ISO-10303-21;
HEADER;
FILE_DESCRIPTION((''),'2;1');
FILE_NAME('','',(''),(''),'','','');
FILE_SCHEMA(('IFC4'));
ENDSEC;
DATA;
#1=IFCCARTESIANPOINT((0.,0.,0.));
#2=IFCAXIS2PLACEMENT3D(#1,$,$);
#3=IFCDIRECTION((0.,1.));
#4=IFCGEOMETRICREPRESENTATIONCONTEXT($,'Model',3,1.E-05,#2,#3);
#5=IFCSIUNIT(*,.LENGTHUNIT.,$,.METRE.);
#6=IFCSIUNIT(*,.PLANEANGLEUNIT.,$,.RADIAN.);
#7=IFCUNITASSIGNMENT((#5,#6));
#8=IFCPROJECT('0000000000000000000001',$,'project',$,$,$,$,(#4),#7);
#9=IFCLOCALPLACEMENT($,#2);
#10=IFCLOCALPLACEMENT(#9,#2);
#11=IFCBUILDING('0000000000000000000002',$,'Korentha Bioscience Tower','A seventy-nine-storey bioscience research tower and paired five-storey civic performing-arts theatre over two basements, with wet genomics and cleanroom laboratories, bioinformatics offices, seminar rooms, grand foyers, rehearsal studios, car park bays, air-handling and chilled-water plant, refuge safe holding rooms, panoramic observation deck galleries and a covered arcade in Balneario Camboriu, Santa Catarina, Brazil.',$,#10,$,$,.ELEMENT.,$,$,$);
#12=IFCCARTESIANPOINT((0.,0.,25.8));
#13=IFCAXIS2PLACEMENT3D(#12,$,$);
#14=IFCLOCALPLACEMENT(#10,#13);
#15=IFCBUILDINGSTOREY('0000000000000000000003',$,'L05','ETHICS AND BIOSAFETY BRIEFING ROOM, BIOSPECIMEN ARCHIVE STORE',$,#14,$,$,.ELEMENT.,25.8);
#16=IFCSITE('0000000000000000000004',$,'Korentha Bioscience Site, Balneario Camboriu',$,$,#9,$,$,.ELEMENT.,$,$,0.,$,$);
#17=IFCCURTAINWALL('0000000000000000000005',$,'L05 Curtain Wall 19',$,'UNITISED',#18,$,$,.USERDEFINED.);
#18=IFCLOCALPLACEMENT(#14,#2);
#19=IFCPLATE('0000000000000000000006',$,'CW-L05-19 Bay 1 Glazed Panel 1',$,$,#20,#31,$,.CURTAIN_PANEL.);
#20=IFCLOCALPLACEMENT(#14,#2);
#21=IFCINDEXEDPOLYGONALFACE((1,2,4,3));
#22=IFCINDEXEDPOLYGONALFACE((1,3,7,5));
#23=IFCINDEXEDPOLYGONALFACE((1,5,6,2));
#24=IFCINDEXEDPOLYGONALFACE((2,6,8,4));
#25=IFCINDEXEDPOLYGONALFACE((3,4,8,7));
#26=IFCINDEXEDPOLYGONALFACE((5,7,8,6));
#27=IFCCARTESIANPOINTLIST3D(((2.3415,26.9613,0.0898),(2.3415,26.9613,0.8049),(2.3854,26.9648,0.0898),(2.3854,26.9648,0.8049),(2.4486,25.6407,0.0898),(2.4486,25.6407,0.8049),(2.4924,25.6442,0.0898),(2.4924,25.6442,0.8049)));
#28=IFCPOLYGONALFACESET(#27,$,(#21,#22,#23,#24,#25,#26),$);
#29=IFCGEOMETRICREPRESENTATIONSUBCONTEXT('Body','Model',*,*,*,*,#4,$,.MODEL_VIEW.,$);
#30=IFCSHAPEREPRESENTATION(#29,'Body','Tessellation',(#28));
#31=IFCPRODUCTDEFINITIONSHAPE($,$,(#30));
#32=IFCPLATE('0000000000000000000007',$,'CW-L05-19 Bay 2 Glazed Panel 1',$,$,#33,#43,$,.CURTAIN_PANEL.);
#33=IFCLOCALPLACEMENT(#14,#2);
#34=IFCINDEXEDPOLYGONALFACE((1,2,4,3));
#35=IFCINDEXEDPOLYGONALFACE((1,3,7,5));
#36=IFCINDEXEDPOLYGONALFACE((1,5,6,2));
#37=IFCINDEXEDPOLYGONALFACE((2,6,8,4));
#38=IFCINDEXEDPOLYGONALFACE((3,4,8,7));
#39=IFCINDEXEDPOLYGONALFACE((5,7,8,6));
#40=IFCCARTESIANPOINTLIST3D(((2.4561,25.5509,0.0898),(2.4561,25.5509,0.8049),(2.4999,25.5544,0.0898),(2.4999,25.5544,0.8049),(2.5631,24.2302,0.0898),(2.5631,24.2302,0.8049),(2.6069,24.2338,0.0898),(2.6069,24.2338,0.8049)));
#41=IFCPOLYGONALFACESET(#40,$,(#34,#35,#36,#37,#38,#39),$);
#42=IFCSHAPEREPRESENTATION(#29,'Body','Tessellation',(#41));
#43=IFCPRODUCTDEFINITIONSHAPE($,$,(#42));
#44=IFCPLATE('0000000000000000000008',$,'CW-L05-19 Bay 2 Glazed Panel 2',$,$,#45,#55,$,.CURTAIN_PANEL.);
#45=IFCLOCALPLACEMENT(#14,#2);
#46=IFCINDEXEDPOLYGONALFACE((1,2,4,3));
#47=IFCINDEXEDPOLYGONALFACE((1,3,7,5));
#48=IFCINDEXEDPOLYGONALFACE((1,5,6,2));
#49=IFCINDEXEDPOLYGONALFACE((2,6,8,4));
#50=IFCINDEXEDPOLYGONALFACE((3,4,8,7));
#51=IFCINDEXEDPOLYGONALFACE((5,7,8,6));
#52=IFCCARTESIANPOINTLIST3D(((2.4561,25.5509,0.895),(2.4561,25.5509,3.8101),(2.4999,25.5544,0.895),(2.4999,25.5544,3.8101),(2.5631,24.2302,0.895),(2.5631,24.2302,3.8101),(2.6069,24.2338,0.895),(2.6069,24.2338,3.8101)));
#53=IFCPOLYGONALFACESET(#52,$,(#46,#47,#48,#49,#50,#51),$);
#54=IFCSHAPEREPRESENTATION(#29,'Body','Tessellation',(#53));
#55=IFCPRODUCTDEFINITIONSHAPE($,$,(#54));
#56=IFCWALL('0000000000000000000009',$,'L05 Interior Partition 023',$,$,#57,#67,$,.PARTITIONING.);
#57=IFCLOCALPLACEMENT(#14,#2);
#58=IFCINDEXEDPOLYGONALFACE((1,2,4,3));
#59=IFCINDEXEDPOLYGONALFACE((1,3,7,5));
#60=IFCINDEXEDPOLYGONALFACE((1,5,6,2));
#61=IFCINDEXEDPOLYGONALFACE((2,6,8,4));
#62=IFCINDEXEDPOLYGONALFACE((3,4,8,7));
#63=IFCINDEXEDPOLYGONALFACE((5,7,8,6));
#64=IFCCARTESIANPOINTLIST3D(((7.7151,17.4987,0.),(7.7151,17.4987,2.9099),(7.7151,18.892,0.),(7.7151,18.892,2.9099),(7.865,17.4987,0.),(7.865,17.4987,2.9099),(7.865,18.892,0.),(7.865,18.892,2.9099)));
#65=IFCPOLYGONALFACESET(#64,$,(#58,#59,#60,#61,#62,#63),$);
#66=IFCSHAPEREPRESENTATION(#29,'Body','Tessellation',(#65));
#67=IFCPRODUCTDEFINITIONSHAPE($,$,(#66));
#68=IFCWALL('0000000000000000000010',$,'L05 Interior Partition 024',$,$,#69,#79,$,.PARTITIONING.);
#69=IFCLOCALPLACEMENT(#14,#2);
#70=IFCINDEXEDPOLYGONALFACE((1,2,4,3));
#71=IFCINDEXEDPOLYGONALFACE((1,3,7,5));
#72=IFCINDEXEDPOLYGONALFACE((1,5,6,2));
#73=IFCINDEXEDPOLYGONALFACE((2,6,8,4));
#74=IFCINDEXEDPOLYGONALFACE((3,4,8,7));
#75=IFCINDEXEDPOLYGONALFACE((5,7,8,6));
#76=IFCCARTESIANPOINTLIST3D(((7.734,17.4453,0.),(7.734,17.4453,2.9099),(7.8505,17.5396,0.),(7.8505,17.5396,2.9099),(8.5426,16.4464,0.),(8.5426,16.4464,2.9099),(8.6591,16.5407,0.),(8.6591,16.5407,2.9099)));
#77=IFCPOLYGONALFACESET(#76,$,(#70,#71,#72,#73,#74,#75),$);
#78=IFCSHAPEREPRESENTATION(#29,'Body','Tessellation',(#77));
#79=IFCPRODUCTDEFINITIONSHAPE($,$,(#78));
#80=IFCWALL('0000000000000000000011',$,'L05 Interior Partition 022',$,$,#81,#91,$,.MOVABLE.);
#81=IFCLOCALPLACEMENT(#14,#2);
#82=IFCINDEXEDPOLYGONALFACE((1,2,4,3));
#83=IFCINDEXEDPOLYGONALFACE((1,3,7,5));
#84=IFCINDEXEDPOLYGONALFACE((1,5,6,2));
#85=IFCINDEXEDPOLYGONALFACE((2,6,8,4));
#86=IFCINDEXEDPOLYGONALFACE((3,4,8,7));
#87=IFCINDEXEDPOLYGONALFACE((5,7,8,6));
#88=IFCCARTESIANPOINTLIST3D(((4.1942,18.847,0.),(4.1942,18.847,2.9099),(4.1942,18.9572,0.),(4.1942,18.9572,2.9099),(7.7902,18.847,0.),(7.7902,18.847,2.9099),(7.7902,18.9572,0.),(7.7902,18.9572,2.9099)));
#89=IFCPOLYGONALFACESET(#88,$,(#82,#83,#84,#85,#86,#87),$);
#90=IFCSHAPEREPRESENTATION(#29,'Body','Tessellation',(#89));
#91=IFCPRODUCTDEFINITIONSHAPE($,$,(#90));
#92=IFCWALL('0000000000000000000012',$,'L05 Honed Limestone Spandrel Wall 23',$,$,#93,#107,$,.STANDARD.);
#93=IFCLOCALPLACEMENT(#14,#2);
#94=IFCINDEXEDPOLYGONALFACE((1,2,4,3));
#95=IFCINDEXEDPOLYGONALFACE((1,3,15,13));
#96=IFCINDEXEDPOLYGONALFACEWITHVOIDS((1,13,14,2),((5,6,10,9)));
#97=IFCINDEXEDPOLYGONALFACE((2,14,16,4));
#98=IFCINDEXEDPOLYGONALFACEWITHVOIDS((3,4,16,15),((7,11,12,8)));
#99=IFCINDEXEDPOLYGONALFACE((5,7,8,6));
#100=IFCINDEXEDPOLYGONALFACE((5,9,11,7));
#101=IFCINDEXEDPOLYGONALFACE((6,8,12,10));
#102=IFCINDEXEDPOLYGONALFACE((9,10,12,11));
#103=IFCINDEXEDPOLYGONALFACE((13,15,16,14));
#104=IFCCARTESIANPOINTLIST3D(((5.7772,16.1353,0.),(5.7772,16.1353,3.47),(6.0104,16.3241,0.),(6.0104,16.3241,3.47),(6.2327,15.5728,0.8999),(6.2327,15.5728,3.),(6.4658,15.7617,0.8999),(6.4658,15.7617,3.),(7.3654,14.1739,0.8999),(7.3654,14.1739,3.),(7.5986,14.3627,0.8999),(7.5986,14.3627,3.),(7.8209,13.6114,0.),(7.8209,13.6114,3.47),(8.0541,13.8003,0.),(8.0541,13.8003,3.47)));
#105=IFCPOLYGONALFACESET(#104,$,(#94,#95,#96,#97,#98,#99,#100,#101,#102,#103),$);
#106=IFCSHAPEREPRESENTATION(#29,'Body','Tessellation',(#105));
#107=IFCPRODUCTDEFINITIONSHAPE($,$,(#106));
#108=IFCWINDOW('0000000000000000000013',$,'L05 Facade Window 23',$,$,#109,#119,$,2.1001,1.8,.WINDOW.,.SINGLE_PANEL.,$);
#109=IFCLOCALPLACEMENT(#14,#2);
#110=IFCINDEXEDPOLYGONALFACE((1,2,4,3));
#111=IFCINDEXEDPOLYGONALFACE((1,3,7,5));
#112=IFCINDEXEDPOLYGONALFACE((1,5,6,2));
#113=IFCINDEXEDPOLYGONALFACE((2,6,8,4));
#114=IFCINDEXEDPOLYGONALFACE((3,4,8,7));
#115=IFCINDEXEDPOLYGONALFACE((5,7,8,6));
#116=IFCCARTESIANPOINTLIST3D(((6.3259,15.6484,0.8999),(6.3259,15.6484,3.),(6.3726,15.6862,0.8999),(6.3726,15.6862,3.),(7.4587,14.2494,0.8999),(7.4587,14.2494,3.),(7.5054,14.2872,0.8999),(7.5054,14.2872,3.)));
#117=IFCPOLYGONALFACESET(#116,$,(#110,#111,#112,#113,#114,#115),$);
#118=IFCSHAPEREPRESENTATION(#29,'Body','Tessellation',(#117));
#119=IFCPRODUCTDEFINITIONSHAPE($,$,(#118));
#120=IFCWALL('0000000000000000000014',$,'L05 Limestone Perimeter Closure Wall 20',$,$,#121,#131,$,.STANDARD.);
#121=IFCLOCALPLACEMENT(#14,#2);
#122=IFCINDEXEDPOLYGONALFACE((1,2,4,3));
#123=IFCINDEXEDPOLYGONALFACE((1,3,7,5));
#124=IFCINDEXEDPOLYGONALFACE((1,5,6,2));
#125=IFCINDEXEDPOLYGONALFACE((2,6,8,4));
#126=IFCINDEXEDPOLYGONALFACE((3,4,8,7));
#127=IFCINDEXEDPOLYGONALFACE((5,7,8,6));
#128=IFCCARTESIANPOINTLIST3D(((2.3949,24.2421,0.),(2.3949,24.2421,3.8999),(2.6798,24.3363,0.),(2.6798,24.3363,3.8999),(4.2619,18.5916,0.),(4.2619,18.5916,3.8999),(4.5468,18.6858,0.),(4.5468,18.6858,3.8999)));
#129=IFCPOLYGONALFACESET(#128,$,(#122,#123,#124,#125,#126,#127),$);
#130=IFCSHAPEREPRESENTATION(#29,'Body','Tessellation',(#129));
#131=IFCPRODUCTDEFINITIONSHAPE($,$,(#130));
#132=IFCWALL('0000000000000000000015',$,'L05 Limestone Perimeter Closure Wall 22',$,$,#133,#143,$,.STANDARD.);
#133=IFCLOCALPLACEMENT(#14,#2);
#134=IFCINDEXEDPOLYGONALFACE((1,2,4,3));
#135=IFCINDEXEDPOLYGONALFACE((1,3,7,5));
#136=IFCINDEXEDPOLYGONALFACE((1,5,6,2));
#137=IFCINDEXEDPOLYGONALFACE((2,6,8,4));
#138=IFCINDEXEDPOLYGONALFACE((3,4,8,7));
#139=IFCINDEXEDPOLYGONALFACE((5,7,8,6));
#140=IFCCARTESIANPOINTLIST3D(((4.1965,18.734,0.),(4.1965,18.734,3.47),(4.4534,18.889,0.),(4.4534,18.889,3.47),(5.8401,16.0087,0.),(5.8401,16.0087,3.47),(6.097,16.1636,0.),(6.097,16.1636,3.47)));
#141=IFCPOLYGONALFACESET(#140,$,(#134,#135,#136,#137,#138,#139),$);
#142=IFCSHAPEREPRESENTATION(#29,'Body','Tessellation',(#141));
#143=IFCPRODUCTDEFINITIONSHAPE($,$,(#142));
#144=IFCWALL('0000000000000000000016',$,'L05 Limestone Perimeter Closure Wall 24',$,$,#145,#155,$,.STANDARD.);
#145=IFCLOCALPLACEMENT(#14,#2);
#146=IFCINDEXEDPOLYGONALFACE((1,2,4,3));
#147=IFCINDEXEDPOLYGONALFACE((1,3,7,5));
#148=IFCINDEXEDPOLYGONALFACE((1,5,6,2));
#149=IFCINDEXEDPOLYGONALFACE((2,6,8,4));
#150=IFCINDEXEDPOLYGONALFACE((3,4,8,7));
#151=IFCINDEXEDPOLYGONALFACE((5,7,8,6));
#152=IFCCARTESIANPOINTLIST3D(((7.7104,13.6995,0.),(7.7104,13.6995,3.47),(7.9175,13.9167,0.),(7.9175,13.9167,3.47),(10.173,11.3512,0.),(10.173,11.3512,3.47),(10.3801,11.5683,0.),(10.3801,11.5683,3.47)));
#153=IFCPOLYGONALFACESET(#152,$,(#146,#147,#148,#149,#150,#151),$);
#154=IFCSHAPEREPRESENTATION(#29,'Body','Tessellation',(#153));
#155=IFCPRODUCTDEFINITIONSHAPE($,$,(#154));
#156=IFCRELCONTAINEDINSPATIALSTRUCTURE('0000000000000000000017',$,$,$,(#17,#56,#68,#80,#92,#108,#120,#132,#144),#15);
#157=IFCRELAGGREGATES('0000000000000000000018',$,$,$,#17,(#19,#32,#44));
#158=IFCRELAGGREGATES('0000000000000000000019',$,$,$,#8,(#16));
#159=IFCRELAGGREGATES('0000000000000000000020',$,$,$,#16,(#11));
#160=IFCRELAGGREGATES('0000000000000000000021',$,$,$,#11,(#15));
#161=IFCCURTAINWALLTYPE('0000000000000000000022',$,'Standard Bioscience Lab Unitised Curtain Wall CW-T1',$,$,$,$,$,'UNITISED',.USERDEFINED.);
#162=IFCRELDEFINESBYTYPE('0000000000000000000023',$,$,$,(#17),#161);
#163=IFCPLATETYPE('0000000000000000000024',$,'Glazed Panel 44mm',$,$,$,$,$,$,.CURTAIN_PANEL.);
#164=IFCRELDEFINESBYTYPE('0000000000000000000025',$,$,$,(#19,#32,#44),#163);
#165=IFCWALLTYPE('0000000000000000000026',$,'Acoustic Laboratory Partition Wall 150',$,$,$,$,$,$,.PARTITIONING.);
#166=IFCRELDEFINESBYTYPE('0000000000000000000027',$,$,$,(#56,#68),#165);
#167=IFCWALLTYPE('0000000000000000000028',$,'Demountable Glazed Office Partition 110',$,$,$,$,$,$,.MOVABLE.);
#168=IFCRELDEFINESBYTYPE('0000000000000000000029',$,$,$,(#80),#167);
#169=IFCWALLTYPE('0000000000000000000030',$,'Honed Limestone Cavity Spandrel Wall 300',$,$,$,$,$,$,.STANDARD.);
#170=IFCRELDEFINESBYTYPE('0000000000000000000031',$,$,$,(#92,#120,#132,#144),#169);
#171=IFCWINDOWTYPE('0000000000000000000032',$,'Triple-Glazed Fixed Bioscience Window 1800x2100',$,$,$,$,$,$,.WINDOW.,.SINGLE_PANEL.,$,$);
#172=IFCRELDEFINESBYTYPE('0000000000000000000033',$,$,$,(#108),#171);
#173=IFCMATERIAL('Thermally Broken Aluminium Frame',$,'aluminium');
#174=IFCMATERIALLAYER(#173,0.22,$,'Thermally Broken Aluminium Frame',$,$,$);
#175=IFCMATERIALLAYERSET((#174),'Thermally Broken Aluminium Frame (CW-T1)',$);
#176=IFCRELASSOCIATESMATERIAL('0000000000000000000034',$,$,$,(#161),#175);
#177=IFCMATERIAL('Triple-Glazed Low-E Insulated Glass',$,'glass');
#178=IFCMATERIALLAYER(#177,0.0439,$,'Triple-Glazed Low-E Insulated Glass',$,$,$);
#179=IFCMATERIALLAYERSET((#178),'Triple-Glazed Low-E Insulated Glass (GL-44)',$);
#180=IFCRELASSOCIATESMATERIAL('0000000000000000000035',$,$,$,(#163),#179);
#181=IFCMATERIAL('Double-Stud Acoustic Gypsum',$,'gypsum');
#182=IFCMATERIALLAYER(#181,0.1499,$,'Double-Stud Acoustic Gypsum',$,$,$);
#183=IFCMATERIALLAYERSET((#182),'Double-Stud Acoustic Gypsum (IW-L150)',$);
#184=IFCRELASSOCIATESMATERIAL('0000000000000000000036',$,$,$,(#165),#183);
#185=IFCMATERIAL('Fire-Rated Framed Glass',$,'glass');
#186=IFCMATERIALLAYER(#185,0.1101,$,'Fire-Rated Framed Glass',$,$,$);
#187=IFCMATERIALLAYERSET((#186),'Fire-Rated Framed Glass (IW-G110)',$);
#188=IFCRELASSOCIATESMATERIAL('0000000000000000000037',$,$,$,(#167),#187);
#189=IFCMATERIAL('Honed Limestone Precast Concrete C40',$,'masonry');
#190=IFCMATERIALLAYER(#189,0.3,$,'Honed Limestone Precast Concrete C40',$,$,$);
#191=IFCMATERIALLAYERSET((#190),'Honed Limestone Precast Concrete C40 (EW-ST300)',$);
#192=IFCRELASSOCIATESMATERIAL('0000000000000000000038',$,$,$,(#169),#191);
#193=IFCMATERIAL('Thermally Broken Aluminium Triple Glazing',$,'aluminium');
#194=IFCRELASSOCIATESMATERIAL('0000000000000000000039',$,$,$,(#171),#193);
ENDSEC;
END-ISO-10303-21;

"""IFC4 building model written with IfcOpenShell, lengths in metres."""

from ifc_helpers import new_model, si_unit, direction, frame, frame_2d, origin, origin_2d, place, context, subcontext, project, spatial, rectangle, extrude, material, layer, layer_set, type_object, element, fill, aggregate, save


model = new_model("IFC4")

# Units and contexts
model_context = context("Model", 3, precision=1e-05, world=origin(), true_north=direction((0.0, 1.0)))
body_context = subcontext(model_context, "Body", "Model", "MODEL_VIEW")
ifc_project = project(units=[si_unit("LENGTHUNIT", "METRE"), si_unit("PLANEANGLEUNIT", "RADIAN")], contexts=[model_context])

# Site, building, storey
site_placement = place(None, origin())
site = spatial("IfcSite", under=ifc_project, at=site_placement, Name="Korentha Bioscience Site, Balneario Camboriu", CompositionType="ELEMENT", RefElevation=0.0)
building_placement = place(site_placement, origin())
building = spatial("IfcBuilding", under=site, at=building_placement, Name="Korentha Bioscience Tower", Description="A seventy-nine-storey bioscience research tower and paired five-storey civic performing-arts theatre over two basements, with wet genomics and cleanroom laboratories, bioinformatics offices, seminar rooms, grand foyers, rehearsal studios, car park bays, air-handling and chilled-water plant, refuge safe holding rooms, panoramic observation deck galleries and a covered arcade in Balneario Camboriu, Santa Catarina, Brazil.", CompositionType="ELEMENT")
storey_placement = place(building_placement, frame((0.0, 0.0, 25.8)))
storey = spatial("IfcBuildingStorey", under=building, at=storey_placement, Name="L05", Description="ETHICS AND BIOSAFETY BRIEFING ROOM, BIOSPECIMEN ARCHIVE STORE", CompositionType="ELEMENT", Elevation=25.8)

# Curtain wall
ifc_material_1 = material(Name="Thermally Broken Aluminium Frame", Category="aluminium")
ifc_layer_1 = layer(ifc_material_1, 0.22, Name="Thermally Broken Aluminium Frame")
ifc_layer_set_1 = layer_set([ifc_layer_1], Name="Thermally Broken Aluminium Frame (CW-T1)")
curtain_wall_type = type_object("IfcCurtainWallType", Name="Standard Bioscience Lab Unitised Curtain Wall CW-T1", ElementType="UNITISED", PredefinedType="USERDEFINED", material=ifc_layer_set_1)
curtain_wall_placement = place(storey_placement, origin())
curtain_wall = element("IfcCurtainWall", 1, at=curtain_wall_placement, inside=storey, type_object=curtain_wall_type, Name="L05 Curtain Wall 19", ObjectType="UNITISED", PredefinedType="USERDEFINED")

# Plates
ifc_material_2 = material(Name="Triple-Glazed Low-E Insulated Glass", Category="glass")
ifc_layer_2 = layer(ifc_material_2, 0.0439, Name="Triple-Glazed Low-E Insulated Glass")
ifc_layer_set_2 = layer_set([ifc_layer_2], Name="Triple-Glazed Low-E Insulated Glass (GL-44)")
plate_type = type_object("IfcPlateType", Name="Glazed Panel 44mm", PredefinedType="CURTAIN_PANEL", material=ifc_layer_set_2)
plate_1_placement = place(storey_placement, frame((2.417, 26.3027, 0.0898), z_axis=(0.0, 0.0, 1.0), x_axis=(0.08082, -0.996729, 0.0)))
plate_1 = element("IfcPlate", 2, at=plate_1_placement, type_object=plate_type, Name="CW-L05-19 Bay 1 Glazed Panel 1", PredefinedType="CURTAIN_PANEL", context=body_context, shape_type="SweptSolid", body=[
    extrude(rectangle(XDim=1.325, YDim=0.0439, at=origin_2d()), origin(), (0.0, 0.0, 1.0), 0.7151),
])
plate_2_placement = place(storey_placement, frame((2.5315, 24.8923, 0.0898), z_axis=(0.0, 0.0, 1.0), x_axis=(0.08082, -0.996729, 0.0)))
plate_2 = element("IfcPlate", 3, at=plate_2_placement, type_object=plate_type, Name="CW-L05-19 Bay 2 Glazed Panel 1", PredefinedType="CURTAIN_PANEL", context=body_context, shape_type="SweptSolid", body=[
    extrude(rectangle(XDim=1.325, YDim=0.0439, at=origin_2d()), origin(), (0.0, 0.0, 1.0), 0.7151),
])
plate_3_placement = place(storey_placement, frame((2.5315, 24.8923, 0.895), z_axis=(0.0, 0.0, 1.0), x_axis=(0.08082, -0.996729, 0.0)))
plate_3 = element("IfcPlate", 4, at=plate_3_placement, type_object=plate_type, Name="CW-L05-19 Bay 2 Glazed Panel 2", PredefinedType="CURTAIN_PANEL", context=body_context, shape_type="SweptSolid", body=[
    extrude(rectangle(XDim=1.325, YDim=0.0439, at=origin_2d()), origin(), (0.0, 0.0, 1.0), 2.915),
])
aggregate(curtain_wall, [plate_1, plate_2, plate_3])

# Walls
ifc_material_3 = material(Name="Double-Stud Acoustic Gypsum", Category="gypsum")
ifc_layer_3 = layer(ifc_material_3, 0.1499, Name="Double-Stud Acoustic Gypsum")
ifc_layer_set_3 = layer_set([ifc_layer_3], Name="Double-Stud Acoustic Gypsum (IW-L150)")
wall_type_1 = type_object("IfcWallType", Name="Acoustic Laboratory Partition Wall 150", PredefinedType="PARTITIONING", material=ifc_layer_set_3)
wall_1_placement = place(storey_placement, frame((7.79, 18.8921, 0.0), z_axis=(0.0, 0.0, 1.0), x_axis=(0.0, -1.0, 0.0)))
element("IfcWall", 5, at=wall_1_placement, inside=storey, type_object=wall_type_1, Name="L05 Interior Partition 023", PredefinedType="PARTITIONING", context=body_context, shape_type="SweptSolid", body=[
    extrude(rectangle(XDim=1.3933, YDim=0.1499, at=frame_2d((0.6968, 0.0))), origin(), (0.0, 0.0, 1.0), 2.9099),
])
wall_2_placement = place(storey_placement, frame((7.7922, 17.4924, 0.0), z_axis=(0.0, 0.0, 1.0), x_axis=(0.629226, -0.777223, 0.0)))
element("IfcWall", 6, at=wall_2_placement, inside=storey, type_object=wall_type_1, Name="L05 Interior Partition 024", PredefinedType="PARTITIONING", context=body_context, shape_type="SweptSolid", body=[
    extrude(rectangle(XDim=1.2852, YDim=0.1499, at=frame_2d((0.6426, 0.0))), origin(), (0.0, 0.0, 1.0), 2.9099),
])
ifc_material_4 = material(Name="Fire-Rated Framed Glass", Category="glass")
ifc_layer_4 = layer(ifc_material_4, 0.1101, Name="Fire-Rated Framed Glass")
ifc_layer_set_4 = layer_set([ifc_layer_4], Name="Fire-Rated Framed Glass (IW-G110)")
wall_type_2 = type_object("IfcWallType", Name="Demountable Glazed Office Partition 110", PredefinedType="MOVABLE", material=ifc_layer_set_4)
wall_3_placement = place(storey_placement, frame((7.79, 18.9021, 0.0), z_axis=(0.0, 0.0, 1.0), x_axis=(-1.0, 0.0, 0.0)))
element("IfcWall", 7, at=wall_3_placement, inside=storey, type_object=wall_type_2, Name="L05 Interior Partition 022", PredefinedType="MOVABLE", context=body_context, shape_type="SweptSolid", body=[
    extrude(rectangle(XDim=3.5959, YDim=0.1101, at=frame_2d((1.7979, 0.0))), origin(), (0.0, 0.0, 1.0), 2.9099),
])

# Wall, opening, window
ifc_material_5 = material(Name="Honed Limestone Precast Concrete C40", Category="masonry")
ifc_layer_5 = layer(ifc_material_5, 0.3, Name="Honed Limestone Precast Concrete C40")
ifc_layer_set_5 = layer_set([ifc_layer_5], Name="Honed Limestone Precast Concrete C40 (EW-ST300)")
wall_type_3 = type_object("IfcWallType", Name="Honed Limestone Cavity Spandrel Wall 300", PredefinedType="STANDARD", material=ifc_layer_set_5)
wall_4_placement = place(storey_placement, frame((5.8938, 16.2297, 0.0), z_axis=(0.0, 0.0, 1.0), x_axis=(0.629296, -0.777166, 0.0)))
wall_4 = element("IfcWall", 8, at=wall_4_placement, inside=storey, type_object=wall_type_3, Name="L05 Honed Limestone Spandrel Wall 23", PredefinedType="STANDARD", context=body_context, shape_type="SweptSolid", body=[
    extrude(rectangle(XDim=3.2476, YDim=0.3, at=frame_2d((1.6238, 0.0))), origin(), (0.0, 0.0, 1.0), 3.47),
])
opening_placement = place(wall_4_placement, frame((0.7239, 0.0, 0.8999)))
opening = element("IfcOpeningElement", 9, at=opening_placement, cuts=wall_4, PredefinedType="OPENING", context=body_context, shape_type="SweptSolid", body=[
    extrude(rectangle(XDim=1.8, YDim=2.1001, at=frame_2d((0.8999, 1.05))), frame((0.0, 0.165, 0.0), z_axis=(0.0, -1.0, 0.0), x_axis=(1.0, 0.0, 0.0)), (0.0, 0.0, 1.0), 0.3298),
])
ifc_material_6 = material(Name="Thermally Broken Aluminium Triple Glazing", Category="aluminium")
window_type = type_object("IfcWindowType", Name="Triple-Glazed Fixed Bioscience Window 1800x2100", PartitioningType="SINGLE_PANEL", PredefinedType="WINDOW", material=ifc_material_6)
window_placement = place(opening_placement, origin())
window = element("IfcWindow", 10, at=window_placement, inside=storey, type_object=window_type, Name="L05 Facade Window 23", OverallHeight=2.1001, OverallWidth=1.8, PartitioningType="SINGLE_PANEL", PredefinedType="WINDOW", context=body_context, shape_type="SweptSolid", body=[
    extrude(rectangle(XDim=1.8, YDim=2.1001, at=frame_2d((0.8999, 1.05))), frame((0.0, 0.03, 0.0), z_axis=(0.0, -1.0, 0.0), x_axis=(1.0, 0.0, 0.0)), (0.0, 0.0, 1.0), 0.0601),
])
fill(opening, window)

# Walls
wall_5_placement = place(storey_placement, frame((2.5374, 24.2893, 0.0), z_axis=(0.0, 0.0, 1.0), x_axis=(0.313728, -0.949513, 0.0)))
element("IfcWall", 11, at=wall_5_placement, inside=storey, type_object=wall_type_3, Name="L05 Limestone Perimeter Closure Wall 20", PredefinedType="STANDARD", context=body_context, shape_type="SweptSolid", body=[
    extrude(rectangle(XDim=5.9509, YDim=0.3, at=frame_2d((2.9756, 0.0))), origin(), (0.0, 0.0, 1.0), 3.8999),
])
wall_6_placement = place(storey_placement, frame((4.325, 18.8115, 0.0), z_axis=(0.0, 0.0, 1.0), x_axis=(0.516424, -0.856333, 0.0)))
element("IfcWall", 12, at=wall_6_placement, inside=storey, type_object=wall_type_3, Name="L05 Limestone Perimeter Closure Wall 22", PredefinedType="STANDARD", context=body_context, shape_type="SweptSolid", body=[
    extrude(rectangle(XDim=3.1826, YDim=0.3, at=frame_2d((1.5913, 0.0))), origin(), (0.0, 0.0, 1.0), 3.47),
])
wall_7_placement = place(storey_placement, frame((7.814, 13.8081, 0.0), z_axis=(0.0, 0.0, 1.0), x_axis=(0.723696, -0.690119, 0.0)))
element("IfcWall", 13, at=wall_7_placement, inside=storey, type_object=wall_type_3, Name="L05 Limestone Perimeter Closure Wall 24", PredefinedType="STANDARD", context=body_context, shape_type="SweptSolid", body=[
    extrude(rectangle(XDim=3.4028, YDim=0.3, at=frame_2d((1.7014, 0.0))), origin(), (0.0, 0.0, 1.0), 3.47),
])

save(model, "model.ifc")
